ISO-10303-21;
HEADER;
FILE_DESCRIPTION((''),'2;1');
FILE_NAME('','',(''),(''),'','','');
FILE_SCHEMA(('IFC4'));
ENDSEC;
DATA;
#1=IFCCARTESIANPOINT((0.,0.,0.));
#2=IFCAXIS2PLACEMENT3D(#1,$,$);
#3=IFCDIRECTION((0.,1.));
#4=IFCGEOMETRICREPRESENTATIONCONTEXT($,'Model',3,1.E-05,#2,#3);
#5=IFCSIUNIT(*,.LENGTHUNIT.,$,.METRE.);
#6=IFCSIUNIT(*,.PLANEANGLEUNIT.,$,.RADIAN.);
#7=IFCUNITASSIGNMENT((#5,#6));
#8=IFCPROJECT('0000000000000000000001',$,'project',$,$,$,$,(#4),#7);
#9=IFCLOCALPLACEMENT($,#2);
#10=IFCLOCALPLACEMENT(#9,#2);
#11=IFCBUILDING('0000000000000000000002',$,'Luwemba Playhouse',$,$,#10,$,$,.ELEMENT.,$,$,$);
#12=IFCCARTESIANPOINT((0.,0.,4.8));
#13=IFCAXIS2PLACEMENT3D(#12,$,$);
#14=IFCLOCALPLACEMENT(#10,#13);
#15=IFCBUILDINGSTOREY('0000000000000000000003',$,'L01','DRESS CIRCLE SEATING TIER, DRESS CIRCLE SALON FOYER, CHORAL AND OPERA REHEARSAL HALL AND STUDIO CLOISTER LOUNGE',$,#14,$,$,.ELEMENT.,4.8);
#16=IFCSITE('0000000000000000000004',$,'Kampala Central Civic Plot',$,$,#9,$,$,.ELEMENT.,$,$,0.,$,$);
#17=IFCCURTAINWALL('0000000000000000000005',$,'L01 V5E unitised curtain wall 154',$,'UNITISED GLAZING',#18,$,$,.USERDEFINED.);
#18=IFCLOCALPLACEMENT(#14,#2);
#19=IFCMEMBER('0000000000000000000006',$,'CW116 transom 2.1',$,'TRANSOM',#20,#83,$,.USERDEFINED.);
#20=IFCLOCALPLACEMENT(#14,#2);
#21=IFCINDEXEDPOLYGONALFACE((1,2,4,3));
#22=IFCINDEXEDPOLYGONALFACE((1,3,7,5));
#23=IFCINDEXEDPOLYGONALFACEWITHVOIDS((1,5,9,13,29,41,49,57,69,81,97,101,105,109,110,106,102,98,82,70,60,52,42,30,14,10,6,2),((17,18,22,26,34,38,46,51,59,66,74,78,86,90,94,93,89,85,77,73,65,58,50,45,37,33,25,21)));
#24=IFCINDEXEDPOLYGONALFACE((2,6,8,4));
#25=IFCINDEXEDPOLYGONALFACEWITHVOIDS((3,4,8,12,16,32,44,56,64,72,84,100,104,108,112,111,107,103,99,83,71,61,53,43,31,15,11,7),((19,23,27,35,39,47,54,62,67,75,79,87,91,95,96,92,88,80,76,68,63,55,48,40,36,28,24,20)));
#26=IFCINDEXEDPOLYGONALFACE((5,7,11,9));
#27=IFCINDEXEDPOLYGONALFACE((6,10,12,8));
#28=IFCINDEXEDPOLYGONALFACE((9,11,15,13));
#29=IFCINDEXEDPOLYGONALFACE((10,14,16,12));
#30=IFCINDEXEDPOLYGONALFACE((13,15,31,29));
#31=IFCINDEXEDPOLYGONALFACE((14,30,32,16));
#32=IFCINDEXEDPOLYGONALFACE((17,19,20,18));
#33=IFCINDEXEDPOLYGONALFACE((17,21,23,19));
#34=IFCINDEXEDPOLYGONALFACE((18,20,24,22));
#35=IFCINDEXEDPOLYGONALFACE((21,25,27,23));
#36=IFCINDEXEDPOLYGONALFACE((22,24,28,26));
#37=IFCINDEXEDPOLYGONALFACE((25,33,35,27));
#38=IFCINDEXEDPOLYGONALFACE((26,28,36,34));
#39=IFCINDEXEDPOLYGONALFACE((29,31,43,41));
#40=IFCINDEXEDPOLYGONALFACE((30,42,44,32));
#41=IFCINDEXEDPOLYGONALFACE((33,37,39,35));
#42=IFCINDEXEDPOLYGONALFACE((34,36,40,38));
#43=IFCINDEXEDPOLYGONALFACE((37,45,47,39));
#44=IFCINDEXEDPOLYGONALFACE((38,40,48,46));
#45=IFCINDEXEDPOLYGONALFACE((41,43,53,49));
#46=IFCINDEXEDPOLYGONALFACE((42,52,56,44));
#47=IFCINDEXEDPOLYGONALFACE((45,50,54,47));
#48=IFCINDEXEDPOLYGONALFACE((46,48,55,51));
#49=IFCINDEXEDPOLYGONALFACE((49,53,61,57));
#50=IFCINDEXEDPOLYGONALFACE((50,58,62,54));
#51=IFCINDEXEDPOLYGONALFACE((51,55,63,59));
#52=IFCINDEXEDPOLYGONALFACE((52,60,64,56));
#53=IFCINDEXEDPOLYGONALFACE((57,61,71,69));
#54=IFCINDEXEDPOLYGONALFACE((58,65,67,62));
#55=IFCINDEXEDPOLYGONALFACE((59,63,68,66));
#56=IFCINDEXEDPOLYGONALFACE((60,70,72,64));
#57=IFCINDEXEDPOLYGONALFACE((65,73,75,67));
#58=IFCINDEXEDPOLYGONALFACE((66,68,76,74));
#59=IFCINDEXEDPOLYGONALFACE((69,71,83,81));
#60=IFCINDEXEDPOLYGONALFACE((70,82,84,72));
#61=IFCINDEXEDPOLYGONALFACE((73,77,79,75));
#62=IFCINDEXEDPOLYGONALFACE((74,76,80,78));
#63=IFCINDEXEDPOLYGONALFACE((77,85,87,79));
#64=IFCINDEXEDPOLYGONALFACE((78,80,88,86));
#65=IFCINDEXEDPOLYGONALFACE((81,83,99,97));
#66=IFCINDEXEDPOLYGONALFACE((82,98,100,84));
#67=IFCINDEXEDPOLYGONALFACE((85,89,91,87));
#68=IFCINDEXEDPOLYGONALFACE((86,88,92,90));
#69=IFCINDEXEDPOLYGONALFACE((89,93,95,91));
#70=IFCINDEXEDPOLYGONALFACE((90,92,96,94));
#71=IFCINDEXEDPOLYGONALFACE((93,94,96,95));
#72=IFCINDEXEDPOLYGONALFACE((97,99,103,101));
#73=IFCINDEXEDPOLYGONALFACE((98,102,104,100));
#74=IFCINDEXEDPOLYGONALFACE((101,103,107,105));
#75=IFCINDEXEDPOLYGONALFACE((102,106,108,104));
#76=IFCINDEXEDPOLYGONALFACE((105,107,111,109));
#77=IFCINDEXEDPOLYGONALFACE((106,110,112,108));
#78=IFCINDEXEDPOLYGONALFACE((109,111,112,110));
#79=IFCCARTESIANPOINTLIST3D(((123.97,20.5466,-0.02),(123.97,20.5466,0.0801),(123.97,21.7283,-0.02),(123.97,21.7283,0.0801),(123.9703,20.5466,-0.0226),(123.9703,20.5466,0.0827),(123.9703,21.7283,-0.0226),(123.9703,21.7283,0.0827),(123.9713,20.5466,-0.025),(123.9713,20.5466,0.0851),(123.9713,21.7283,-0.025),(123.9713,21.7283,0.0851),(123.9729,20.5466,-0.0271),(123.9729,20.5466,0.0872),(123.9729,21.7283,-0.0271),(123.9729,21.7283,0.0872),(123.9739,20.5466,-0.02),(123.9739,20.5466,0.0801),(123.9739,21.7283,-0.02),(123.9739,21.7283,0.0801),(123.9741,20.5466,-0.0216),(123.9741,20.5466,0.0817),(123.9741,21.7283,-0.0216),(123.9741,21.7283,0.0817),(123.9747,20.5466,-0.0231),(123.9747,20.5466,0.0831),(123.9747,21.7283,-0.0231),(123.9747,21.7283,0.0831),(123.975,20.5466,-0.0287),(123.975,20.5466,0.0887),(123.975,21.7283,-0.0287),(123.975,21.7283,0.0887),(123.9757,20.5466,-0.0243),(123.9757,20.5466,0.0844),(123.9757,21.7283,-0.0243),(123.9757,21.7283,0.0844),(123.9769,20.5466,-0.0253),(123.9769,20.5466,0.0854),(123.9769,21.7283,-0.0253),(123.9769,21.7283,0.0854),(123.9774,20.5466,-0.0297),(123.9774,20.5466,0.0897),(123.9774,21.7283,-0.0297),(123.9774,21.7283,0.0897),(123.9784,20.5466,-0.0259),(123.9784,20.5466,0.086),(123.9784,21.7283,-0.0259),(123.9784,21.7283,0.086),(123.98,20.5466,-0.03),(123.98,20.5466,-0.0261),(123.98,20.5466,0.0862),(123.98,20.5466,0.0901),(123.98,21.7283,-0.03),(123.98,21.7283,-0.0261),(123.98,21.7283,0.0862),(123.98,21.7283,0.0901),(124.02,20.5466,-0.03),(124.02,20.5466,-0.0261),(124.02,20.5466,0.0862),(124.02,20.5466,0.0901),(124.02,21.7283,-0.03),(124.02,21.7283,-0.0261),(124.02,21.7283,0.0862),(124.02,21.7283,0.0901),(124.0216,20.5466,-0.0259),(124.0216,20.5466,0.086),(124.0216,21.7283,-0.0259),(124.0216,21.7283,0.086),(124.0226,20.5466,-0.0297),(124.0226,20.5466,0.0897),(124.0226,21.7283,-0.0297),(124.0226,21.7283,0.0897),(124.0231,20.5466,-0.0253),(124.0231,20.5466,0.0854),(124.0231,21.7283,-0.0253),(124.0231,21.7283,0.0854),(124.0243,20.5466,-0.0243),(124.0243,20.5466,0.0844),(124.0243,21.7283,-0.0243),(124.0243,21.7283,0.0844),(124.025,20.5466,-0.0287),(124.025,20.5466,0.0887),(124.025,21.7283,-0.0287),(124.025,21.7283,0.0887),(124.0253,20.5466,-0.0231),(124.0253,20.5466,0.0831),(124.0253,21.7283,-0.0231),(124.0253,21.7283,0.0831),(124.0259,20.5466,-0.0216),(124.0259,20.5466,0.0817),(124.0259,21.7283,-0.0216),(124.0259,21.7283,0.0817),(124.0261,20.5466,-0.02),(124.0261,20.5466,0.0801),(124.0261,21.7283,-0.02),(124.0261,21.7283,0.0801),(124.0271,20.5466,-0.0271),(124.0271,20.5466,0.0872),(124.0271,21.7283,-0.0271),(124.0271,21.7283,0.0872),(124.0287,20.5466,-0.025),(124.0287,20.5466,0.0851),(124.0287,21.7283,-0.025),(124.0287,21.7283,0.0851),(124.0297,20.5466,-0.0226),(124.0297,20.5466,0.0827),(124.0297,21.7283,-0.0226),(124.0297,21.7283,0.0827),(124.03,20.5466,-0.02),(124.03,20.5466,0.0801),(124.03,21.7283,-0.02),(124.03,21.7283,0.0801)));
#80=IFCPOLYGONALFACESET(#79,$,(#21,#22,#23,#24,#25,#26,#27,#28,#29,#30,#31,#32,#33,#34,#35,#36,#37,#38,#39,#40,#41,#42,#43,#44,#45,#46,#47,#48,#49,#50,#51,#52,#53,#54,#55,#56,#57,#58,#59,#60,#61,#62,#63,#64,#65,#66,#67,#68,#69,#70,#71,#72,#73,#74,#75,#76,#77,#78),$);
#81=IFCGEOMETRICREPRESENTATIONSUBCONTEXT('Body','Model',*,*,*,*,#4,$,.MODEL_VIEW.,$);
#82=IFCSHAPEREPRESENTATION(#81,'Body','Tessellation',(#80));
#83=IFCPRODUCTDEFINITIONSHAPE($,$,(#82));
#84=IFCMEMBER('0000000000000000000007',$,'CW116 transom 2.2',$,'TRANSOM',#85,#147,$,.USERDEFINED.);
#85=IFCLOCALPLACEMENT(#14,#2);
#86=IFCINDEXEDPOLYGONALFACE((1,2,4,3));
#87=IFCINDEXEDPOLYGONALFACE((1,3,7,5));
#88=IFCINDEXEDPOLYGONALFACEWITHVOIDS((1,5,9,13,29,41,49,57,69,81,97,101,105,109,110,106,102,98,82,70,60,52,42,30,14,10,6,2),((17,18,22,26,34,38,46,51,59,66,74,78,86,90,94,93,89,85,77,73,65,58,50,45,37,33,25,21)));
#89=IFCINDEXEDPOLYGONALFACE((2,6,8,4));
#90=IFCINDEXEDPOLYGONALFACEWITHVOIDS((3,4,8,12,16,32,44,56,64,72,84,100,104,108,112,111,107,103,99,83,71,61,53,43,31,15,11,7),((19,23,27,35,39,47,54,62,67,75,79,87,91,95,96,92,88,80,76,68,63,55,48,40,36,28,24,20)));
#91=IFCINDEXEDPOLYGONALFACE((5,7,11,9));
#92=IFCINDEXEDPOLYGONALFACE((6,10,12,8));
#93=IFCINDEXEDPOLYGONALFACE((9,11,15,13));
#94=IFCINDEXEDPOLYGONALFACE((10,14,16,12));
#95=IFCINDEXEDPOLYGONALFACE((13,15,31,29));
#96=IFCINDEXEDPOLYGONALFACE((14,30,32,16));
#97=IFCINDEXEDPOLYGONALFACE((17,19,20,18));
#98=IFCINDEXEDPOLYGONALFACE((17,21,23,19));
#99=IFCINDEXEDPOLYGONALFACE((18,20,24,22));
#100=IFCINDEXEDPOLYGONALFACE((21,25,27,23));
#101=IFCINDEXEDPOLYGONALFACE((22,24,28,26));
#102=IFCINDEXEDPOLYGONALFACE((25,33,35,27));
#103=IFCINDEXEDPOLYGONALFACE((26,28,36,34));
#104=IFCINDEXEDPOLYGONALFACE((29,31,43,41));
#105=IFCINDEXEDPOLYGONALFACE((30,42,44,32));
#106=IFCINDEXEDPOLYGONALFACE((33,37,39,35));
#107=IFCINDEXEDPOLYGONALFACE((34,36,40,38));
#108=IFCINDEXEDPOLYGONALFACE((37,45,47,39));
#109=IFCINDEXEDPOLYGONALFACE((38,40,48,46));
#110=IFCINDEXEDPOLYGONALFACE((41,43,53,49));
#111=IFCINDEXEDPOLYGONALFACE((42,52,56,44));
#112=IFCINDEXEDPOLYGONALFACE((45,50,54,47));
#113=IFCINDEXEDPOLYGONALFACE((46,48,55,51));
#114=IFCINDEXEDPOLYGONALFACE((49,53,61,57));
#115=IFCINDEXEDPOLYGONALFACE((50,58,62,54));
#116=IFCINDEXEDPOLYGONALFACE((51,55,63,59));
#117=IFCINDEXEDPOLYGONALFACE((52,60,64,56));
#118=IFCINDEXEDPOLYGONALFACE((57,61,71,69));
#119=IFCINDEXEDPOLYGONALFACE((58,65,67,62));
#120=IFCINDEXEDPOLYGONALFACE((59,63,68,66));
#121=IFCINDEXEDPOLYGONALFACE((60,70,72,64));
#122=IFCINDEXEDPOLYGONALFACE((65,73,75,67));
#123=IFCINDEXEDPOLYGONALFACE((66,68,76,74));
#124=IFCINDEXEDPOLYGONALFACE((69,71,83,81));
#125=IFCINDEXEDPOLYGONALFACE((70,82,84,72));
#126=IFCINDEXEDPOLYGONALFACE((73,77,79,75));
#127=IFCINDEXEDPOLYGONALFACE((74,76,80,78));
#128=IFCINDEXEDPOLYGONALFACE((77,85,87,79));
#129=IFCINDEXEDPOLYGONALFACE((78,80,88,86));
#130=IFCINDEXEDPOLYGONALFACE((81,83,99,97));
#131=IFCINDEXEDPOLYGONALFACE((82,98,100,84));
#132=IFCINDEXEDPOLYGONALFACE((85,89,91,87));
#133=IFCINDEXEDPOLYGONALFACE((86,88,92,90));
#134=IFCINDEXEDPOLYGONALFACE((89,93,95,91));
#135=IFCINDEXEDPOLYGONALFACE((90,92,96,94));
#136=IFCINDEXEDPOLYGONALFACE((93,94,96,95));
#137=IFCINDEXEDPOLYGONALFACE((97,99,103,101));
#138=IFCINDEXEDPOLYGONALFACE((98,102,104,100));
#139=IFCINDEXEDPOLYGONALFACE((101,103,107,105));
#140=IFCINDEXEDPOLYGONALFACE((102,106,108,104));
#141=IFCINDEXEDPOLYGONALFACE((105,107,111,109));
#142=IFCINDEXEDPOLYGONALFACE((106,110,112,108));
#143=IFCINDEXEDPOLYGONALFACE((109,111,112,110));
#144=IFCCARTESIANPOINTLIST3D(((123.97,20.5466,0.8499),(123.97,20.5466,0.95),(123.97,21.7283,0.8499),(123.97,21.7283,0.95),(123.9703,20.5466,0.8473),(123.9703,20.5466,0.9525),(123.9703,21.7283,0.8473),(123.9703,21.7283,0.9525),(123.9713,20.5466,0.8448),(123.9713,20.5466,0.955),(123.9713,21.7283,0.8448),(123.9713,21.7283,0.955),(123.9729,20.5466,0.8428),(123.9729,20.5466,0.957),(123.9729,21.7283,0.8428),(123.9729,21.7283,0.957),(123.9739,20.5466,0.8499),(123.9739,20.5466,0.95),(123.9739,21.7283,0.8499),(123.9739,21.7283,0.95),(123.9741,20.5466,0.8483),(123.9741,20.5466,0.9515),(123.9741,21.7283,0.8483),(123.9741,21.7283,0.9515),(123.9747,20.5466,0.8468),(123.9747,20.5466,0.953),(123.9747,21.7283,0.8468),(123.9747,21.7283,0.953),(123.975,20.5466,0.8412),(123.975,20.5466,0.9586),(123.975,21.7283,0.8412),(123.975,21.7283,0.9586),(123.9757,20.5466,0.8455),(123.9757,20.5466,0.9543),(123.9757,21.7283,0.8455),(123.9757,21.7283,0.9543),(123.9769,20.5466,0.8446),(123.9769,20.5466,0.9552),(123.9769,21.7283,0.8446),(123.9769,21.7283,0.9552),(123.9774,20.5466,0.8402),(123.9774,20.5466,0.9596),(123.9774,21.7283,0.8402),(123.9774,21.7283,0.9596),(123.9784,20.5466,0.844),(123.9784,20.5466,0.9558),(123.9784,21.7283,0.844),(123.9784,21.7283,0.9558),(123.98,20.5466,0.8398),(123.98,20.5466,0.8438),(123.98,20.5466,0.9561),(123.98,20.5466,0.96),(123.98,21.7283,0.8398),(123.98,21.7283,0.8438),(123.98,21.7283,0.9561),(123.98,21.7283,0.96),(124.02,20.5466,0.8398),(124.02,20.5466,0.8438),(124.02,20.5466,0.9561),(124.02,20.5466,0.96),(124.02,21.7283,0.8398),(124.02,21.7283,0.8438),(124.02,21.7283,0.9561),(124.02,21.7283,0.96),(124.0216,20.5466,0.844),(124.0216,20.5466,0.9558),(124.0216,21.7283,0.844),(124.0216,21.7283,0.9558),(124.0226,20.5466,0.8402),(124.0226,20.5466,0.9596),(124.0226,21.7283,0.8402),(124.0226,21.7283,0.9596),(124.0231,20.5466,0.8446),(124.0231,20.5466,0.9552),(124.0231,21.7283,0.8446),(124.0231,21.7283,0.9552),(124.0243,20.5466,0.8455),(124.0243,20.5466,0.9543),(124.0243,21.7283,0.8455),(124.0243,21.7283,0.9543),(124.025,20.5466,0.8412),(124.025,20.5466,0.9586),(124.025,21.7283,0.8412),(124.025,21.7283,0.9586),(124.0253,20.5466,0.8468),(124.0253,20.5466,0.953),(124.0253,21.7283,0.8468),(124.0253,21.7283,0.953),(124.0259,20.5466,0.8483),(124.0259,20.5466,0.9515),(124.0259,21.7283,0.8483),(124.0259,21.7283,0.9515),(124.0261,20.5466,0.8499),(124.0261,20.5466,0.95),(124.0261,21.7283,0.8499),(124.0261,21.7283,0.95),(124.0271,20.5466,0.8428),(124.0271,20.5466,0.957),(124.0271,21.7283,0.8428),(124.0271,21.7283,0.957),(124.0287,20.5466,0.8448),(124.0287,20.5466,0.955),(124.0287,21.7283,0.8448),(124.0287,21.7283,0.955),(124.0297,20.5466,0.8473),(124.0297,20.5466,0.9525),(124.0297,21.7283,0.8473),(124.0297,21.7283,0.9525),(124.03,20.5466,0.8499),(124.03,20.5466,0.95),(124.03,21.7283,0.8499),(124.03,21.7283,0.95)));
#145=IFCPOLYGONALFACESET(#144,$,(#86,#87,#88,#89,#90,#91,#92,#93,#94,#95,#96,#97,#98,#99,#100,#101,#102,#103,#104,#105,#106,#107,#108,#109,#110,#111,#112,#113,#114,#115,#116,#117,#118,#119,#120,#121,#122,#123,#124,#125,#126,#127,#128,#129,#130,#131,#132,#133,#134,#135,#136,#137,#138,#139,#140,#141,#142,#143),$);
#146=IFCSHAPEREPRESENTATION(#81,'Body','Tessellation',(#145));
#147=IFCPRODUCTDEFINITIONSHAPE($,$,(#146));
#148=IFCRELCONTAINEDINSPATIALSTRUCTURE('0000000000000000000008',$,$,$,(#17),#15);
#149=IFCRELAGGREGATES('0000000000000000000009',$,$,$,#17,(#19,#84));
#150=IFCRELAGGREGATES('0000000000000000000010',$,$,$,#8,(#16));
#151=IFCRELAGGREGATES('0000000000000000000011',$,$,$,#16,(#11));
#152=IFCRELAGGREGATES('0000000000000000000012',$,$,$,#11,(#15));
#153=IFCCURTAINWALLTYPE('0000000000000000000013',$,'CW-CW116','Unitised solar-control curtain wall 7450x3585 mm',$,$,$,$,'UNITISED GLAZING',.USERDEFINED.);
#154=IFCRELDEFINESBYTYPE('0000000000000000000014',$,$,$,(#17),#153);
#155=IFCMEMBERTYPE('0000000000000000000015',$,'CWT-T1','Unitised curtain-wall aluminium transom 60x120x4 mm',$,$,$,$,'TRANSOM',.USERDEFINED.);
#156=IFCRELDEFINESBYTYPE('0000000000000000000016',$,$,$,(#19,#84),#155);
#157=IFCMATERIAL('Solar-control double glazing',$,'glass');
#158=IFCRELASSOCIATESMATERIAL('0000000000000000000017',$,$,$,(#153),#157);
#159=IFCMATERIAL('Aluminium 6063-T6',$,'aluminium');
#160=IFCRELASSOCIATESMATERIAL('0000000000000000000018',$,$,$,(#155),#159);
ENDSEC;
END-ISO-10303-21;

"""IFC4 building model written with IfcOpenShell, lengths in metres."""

from ifc_helpers import new_model, si_unit, direction, frame, origin, origin_2d, place, context, subcontext, project, spatial, hollow_rectangle, extrude, material, material_profile, profile_set, type_object, element, aggregate, save


model = new_model("IFC4")

# Units and contexts
model_context = context("Model", 3, precision=1e-05, world=origin(), true_north=direction((0.0, 1.0)))
body_context = subcontext(model_context, "Body", "Model", "MODEL_VIEW")
ifc_project = project(units=[si_unit("LENGTHUNIT", "METRE"), si_unit("PLANEANGLEUNIT", "RADIAN")], contexts=[model_context])

# Site, building, storey
site_placement = place(None, origin())
site = spatial("IfcSite", under=ifc_project, at=site_placement, Name="Kampala Central Civic Plot", CompositionType="ELEMENT", RefElevation=0.0)
building_placement = place(site_placement, origin())
building = spatial("IfcBuilding", under=site, at=building_placement, Name="Luwemba Playhouse", CompositionType="ELEMENT")
storey_placement = place(building_placement, frame((0.0, 0.0, 4.8)))
storey = spatial("IfcBuildingStorey", under=building, at=storey_placement, Name="L01", Description="DRESS CIRCLE SEATING TIER, DRESS CIRCLE SALON FOYER, CHORAL AND OPERA REHEARSAL HALL AND STUDIO CLOISTER LOUNGE", CompositionType="ELEMENT", Elevation=4.8)

# Curtain wall, members
ifc_material_1 = material(Name="Solar-control double glazing", Category="glass")
curtain_wall_type = type_object("IfcCurtainWallType", Name="CW-CW116", Description="Unitised solar-control curtain wall 7450x3585 mm", ElementType="UNITISED GLAZING", PredefinedType="USERDEFINED", material=ifc_material_1)
curtain_wall_placement = place(storey_placement, origin())
curtain_wall = element("IfcCurtainWall", 1, at=curtain_wall_placement, inside=storey, type_object=curtain_wall_type, Name="L01 V5E unitised curtain wall 154", ObjectType="UNITISED GLAZING", PredefinedType="USERDEFINED")
ifc_material_2 = material(Name="Aluminium 6063-T6", Category="aluminium")
ifc_material_profile_1 = material_profile(ifc_material_2, hollow_rectangle(XDim=0.0601, YDim=0.1201, WallThickness=0.0039, InnerFilletRadius=0.0061, OuterFilletRadius=0.01, at=origin_2d()))
ifc_profile_set_1 = profile_set([ifc_material_profile_1], Name="Aluminium 6063-T6")
member_type_1 = type_object("IfcMemberType", Name="CWT-T1", Description="Unitised curtain-wall aluminium transom 60x120x4 mm", ElementType="TRANSOM", PredefinedType="USERDEFINED", material=ifc_profile_set_1)
member_1_placement = place(storey_placement, frame((124.0, 20.5466, 0.03), z_axis=(0.0, 1.0, 0.0), x_axis=(-1.0, 0.0, 0.0)))
member_1 = element("IfcMember", 2, at=member_1_placement, type_object=member_type_1, Name="CW116 transom 2.1", ObjectType="TRANSOM", PredefinedType="USERDEFINED", context=body_context, shape_type="SweptSolid", body=[
    extrude(hollow_rectangle(XDim=0.0601, YDim=0.1201, WallThickness=0.0039, InnerFilletRadius=0.0061, OuterFilletRadius=0.01, at=origin_2d()), origin(), (0.0, 0.0, 1.0), 1.1816),
])
member_2_placement = place(storey_placement, frame((124.0, 20.5466, 0.8999), z_axis=(0.0, 1.0, 0.0), x_axis=(-1.0, 0.0, 0.0)))
member_2 = element("IfcMember", 3, at=member_2_placement, type_object=member_type_1, Name="CW116 transom 2.2", ObjectType="TRANSOM", PredefinedType="USERDEFINED", context=body_context, shape_type="SweptSolid", body=[
    extrude(hollow_rectangle(XDim=0.0601, YDim=0.1201, WallThickness=0.0039, InnerFilletRadius=0.0061, OuterFilletRadius=0.01, at=origin_2d()), origin(), (0.0, 0.0, 1.0), 1.1816),
])
aggregate(curtain_wall, [member_1, member_2])

save(model, "model.ifc")
